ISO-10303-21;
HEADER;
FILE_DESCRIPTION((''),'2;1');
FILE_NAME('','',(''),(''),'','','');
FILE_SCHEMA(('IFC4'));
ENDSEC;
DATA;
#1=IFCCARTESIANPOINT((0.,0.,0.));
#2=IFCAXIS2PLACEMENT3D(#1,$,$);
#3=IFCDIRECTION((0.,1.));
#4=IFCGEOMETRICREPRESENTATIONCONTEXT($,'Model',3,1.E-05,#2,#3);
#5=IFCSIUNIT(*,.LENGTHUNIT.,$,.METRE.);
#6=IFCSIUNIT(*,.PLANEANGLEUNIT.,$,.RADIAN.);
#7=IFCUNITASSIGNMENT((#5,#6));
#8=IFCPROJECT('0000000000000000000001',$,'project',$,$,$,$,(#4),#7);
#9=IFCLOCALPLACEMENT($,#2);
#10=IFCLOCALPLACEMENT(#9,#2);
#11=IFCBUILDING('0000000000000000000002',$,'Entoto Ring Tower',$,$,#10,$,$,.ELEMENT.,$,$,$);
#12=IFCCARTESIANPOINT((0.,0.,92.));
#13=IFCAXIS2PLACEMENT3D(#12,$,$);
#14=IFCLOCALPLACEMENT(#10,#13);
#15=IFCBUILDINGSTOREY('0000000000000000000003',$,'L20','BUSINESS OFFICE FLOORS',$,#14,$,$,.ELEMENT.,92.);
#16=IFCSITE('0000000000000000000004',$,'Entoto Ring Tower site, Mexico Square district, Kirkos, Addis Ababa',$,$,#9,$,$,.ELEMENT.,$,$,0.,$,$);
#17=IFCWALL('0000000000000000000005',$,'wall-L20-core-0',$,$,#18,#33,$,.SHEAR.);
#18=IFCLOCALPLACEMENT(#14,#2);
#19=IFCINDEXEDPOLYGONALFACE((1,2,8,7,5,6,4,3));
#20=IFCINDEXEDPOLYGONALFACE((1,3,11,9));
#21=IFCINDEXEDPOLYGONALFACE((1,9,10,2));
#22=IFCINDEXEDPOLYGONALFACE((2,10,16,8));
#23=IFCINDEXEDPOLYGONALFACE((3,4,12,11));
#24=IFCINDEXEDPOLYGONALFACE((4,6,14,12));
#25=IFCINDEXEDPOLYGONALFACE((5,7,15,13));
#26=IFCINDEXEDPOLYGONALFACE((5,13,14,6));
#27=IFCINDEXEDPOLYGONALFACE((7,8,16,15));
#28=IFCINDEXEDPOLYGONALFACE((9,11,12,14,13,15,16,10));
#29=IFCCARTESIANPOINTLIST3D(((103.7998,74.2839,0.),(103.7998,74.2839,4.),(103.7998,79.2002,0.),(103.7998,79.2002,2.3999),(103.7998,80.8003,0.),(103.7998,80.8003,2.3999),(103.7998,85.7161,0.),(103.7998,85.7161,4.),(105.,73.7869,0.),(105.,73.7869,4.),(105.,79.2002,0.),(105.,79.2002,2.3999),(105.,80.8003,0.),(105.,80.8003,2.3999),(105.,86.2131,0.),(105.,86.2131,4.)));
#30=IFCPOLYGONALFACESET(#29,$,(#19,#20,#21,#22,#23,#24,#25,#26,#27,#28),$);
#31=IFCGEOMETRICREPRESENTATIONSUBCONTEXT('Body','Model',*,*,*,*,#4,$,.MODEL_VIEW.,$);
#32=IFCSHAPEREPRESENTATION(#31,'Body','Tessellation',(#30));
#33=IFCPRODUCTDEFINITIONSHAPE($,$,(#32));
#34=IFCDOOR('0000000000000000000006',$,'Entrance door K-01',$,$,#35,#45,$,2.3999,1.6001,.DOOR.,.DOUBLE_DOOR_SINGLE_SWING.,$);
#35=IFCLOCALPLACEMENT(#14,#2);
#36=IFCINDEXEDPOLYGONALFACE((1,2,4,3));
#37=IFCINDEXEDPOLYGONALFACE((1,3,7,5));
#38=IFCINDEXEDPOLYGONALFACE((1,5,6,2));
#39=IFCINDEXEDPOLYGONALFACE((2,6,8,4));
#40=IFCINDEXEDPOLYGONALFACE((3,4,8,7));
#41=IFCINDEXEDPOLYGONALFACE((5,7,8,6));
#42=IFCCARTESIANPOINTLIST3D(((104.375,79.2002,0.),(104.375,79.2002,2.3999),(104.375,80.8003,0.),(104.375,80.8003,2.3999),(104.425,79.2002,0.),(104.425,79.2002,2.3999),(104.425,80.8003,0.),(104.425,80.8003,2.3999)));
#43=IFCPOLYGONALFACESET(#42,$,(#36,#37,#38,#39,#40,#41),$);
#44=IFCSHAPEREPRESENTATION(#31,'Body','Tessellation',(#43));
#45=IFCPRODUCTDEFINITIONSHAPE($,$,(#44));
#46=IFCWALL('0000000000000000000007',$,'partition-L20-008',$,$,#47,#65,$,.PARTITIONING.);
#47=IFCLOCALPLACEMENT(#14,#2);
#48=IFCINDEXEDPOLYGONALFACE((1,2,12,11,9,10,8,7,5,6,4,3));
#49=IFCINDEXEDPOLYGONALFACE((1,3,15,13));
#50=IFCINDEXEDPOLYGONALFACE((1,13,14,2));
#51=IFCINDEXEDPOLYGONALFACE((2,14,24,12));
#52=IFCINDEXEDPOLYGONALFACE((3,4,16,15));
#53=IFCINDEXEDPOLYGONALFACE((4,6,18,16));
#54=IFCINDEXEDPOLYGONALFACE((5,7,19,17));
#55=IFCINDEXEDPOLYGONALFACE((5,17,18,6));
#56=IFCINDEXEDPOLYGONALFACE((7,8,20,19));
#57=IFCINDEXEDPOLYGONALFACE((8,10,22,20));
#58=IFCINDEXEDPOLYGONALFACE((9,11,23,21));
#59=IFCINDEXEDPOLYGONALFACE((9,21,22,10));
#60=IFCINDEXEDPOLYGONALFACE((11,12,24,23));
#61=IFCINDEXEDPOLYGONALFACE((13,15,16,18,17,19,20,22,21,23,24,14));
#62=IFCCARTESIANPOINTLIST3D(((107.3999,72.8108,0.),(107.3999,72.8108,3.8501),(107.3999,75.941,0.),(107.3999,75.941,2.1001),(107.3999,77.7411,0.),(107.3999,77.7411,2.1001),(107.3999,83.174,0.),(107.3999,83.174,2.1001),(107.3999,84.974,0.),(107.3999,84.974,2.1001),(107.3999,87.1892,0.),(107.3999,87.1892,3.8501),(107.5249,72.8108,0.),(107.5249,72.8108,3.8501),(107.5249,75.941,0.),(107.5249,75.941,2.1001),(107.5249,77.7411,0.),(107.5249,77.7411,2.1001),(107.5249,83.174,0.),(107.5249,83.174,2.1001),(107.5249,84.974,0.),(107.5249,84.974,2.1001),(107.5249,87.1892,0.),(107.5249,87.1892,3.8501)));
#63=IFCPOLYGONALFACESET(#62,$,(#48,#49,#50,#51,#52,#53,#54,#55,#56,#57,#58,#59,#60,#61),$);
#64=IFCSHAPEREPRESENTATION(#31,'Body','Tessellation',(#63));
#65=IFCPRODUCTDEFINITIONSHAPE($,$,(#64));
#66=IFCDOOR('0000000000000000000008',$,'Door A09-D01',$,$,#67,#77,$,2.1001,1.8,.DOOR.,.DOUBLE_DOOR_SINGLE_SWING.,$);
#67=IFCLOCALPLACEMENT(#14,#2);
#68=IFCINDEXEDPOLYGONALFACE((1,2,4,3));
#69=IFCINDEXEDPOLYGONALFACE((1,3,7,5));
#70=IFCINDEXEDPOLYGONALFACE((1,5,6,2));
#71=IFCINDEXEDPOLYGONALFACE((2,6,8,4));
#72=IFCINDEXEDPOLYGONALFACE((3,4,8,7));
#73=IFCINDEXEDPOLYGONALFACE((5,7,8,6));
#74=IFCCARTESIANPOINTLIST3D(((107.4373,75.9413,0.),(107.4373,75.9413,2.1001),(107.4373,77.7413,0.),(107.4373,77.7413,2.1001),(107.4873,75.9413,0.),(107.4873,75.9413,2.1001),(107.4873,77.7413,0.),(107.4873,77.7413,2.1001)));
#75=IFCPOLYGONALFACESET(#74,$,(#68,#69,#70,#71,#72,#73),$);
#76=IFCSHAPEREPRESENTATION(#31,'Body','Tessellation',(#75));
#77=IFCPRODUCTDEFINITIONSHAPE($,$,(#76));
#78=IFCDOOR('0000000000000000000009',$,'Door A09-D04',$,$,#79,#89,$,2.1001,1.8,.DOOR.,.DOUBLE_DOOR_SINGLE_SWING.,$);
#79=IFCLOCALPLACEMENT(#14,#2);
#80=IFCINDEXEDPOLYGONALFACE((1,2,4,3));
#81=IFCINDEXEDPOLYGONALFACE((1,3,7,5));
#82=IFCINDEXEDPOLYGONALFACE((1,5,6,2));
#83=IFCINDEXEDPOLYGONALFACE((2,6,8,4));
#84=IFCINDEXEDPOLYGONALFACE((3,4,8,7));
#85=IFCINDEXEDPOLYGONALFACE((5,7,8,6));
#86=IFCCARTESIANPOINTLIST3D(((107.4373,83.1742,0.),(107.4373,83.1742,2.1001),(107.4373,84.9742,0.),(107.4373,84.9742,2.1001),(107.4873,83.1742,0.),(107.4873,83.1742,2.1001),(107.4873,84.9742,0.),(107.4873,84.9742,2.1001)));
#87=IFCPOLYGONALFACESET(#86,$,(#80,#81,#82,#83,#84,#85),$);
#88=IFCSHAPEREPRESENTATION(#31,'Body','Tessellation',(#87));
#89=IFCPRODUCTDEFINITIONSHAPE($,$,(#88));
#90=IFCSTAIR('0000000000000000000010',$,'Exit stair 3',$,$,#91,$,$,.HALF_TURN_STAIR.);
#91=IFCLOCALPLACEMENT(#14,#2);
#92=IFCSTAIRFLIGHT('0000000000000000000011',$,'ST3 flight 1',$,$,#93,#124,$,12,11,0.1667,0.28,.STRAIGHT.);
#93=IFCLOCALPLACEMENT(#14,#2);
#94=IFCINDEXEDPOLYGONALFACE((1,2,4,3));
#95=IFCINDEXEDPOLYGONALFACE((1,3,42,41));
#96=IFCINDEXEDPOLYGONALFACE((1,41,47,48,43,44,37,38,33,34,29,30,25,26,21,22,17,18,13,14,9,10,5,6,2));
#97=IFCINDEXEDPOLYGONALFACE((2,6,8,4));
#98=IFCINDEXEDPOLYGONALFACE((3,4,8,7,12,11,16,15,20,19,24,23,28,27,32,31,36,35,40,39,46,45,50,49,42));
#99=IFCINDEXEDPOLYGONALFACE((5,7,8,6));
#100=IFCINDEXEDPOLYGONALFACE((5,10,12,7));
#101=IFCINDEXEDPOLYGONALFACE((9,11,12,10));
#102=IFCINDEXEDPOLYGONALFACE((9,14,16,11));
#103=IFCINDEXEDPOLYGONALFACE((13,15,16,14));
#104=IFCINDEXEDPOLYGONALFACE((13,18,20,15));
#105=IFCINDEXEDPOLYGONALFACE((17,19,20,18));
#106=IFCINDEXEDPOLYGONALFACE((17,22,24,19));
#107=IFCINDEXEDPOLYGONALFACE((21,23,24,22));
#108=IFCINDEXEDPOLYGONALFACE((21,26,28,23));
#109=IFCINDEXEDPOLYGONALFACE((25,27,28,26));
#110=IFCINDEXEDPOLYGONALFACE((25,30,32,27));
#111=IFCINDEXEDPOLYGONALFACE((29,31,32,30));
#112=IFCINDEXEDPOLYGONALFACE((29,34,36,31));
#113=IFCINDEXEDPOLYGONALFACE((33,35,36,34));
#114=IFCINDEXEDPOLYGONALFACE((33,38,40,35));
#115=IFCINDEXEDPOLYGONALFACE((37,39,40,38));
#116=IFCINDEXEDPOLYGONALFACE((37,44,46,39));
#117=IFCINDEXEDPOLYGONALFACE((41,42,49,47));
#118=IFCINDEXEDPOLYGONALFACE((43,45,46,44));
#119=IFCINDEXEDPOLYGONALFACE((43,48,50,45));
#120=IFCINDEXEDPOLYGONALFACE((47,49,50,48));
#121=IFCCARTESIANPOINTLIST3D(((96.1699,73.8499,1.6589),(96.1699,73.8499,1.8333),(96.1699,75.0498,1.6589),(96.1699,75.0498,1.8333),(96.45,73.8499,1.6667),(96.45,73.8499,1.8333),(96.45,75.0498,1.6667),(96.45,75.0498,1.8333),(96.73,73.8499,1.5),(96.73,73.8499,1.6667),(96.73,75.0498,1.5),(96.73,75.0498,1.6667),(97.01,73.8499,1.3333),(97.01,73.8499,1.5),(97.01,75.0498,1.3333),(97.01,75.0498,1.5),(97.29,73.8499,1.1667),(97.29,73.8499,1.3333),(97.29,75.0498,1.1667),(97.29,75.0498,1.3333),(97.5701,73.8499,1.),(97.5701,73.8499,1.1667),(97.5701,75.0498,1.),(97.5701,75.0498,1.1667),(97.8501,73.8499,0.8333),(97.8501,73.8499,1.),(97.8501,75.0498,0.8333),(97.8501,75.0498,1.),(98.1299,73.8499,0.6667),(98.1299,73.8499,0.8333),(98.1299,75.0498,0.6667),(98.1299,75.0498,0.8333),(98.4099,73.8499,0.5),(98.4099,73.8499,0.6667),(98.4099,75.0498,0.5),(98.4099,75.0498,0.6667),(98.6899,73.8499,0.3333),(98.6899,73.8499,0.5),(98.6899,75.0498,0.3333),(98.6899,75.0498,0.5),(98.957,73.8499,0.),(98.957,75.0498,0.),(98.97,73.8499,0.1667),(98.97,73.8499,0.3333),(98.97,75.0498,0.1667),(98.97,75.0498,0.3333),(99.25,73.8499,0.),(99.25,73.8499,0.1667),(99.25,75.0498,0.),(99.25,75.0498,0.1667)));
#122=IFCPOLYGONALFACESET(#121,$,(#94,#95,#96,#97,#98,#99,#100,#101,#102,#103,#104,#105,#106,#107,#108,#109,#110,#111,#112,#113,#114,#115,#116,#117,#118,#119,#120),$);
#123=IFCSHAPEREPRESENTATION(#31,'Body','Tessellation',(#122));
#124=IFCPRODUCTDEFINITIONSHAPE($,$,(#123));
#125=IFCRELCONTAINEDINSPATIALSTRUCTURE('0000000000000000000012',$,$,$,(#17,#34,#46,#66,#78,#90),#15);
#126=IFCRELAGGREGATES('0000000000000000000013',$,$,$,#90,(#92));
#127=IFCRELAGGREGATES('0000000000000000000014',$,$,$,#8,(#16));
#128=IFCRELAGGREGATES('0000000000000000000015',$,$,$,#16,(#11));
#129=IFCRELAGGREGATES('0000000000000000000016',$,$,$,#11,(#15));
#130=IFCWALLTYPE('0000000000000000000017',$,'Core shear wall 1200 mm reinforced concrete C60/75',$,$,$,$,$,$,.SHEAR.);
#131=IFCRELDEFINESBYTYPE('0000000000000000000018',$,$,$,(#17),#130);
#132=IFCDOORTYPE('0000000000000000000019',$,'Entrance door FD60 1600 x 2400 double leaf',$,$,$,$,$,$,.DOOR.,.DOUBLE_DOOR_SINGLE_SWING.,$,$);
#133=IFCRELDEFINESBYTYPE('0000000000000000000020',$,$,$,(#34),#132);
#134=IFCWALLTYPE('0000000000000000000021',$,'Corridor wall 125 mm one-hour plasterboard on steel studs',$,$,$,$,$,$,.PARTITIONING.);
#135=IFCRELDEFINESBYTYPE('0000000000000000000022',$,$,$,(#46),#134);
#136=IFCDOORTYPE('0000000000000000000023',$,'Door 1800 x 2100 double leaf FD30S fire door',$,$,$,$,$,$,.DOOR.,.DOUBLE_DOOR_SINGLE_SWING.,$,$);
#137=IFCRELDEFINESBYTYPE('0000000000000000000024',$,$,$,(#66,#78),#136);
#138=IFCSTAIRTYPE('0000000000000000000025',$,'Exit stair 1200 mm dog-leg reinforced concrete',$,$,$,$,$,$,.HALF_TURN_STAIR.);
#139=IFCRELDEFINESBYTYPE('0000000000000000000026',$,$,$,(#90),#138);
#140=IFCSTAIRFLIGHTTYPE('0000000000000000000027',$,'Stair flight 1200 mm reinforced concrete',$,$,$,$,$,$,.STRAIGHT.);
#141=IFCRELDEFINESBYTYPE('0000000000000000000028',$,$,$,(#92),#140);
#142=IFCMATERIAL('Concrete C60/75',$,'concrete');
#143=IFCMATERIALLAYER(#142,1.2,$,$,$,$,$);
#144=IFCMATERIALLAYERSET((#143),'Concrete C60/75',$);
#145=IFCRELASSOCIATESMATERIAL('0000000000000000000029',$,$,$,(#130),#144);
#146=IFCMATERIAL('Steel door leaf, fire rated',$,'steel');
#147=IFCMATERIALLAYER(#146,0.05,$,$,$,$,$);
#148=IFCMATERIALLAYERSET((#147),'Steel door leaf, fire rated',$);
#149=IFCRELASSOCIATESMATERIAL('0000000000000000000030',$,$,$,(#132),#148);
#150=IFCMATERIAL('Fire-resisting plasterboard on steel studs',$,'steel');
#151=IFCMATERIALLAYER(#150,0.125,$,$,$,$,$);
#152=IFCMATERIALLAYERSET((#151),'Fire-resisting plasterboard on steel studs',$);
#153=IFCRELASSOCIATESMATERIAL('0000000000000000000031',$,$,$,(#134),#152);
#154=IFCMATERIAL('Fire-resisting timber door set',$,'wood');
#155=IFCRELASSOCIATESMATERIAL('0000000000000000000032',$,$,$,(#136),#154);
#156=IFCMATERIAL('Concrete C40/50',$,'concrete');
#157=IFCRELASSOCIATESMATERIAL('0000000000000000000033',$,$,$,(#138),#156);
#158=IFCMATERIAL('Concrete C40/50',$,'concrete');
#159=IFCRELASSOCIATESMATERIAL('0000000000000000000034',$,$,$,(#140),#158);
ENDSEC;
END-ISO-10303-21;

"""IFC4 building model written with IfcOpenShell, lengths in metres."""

from ifc_helpers import new_model, si_unit, direction, frame, frame_2d, origin, place, context, subcontext, project, spatial, polyline, rectangle, outline, extrude, material, layer, layer_set, type_object, element, fill, aggregate, save


model = new_model("IFC4")

# Units and contexts
model_context = context("Model", 3, precision=1e-05, world=origin(), true_north=direction((0.0, 1.0)))
body_context = subcontext(model_context, "Body", "Model", "MODEL_VIEW")
ifc_project = project(units=[si_unit("LENGTHUNIT", "METRE"), si_unit("PLANEANGLEUNIT", "RADIAN")], contexts=[model_context])

# Site, building, storey
site_placement = place(None, origin())
site = spatial("IfcSite", under=ifc_project, at=site_placement, Name="Entoto Ring Tower site, Mexico Square district, Kirkos, Addis Ababa", CompositionType="ELEMENT", RefElevation=0.0)
building_placement = place(site_placement, origin())
building = spatial("IfcBuilding", under=site, at=building_placement, Name="Entoto Ring Tower", CompositionType="ELEMENT")
storey_placement = place(building_placement, frame((0.0, 0.0, 92.0)))
storey = spatial("IfcBuildingStorey", under=building, at=storey_placement, Name="L20", Description="BUSINESS OFFICE FLOORS", CompositionType="ELEMENT", Elevation=92.0)

# Wall, opening, door
ifc_material_1 = material(Name="Concrete C60/75", Category="concrete")
ifc_layer_1 = layer(ifc_material_1, 1.2)
ifc_layer_set_1 = layer_set([ifc_layer_1], Name="Concrete C60/75")
wall_type_1 = type_object("IfcWallType", Name="Core shear wall 1200 mm reinforced concrete C60/75", PredefinedType="SHEAR", material=ifc_layer_set_1)
wall_1_placement = place(storey_placement, frame((104.3999, 74.0354, 0.0), z_axis=(0.0, 0.0, 1.0), x_axis=(0.0, 1.0, 0.0)))
wall_1 = element("IfcWall", 1, at=wall_1_placement, inside=storey, type_object=wall_type_1, Name="wall-L20-core-0", PredefinedType="SHEAR", context=body_context, shape_type="SweptSolid", body=[
    extrude(outline(polyline([(-0.2485, -0.6001), (12.1777, -0.6001), (11.6807, 0.6001), (0.2485, 0.6001), (-0.2485, -0.6001)])), origin(), (0.0, 0.0, 1.0), 4.0),
])
opening_1_placement = place(wall_1_placement, frame((5.1648, 0.0, 0.0)))
opening_1 = element("IfcOpeningElement", 2, at=opening_1_placement, cuts=wall_1, PredefinedType="OPENING", context=body_context, shape_type="SweptSolid", body=[
    extrude(rectangle(XDim=1.6001, YDim=2.3999, at=frame_2d((0.8, 1.2))), frame((0.0, 0.6099, 0.0), z_axis=(0.0, -1.0, 0.0), x_axis=(1.0, 0.0, 0.0)), (0.0, 0.0, 1.0), 1.22),
])
ifc_material_2 = material(Name="Steel door leaf, fire rated", Category="steel")
ifc_layer_2 = layer(ifc_material_2, 0.05)
ifc_layer_set_2 = layer_set([ifc_layer_2], Name="Steel door leaf, fire rated")
door_type_1 = type_object("IfcDoorType", Name="Entrance door FD60 1600 x 2400 double leaf", OperationType="DOUBLE_DOOR_SINGLE_SWING", PredefinedType="DOOR", material=ifc_layer_set_2)
door_1_placement = place(opening_1_placement, origin())
door_1 = element("IfcDoor", 3, at=door_1_placement, inside=storey, type_object=door_type_1, Name="Entrance door K-01", OperationType="DOUBLE_DOOR_SINGLE_SWING", OverallHeight=2.3999, OverallWidth=1.6001, PredefinedType="DOOR", context=body_context, shape_type="SweptSolid", body=[
    extrude(rectangle(XDim=1.6001, YDim=2.3999, at=frame_2d((0.8, 1.2))), frame((0.0, 0.0249, 0.0), z_axis=(0.0, -1.0, 0.0), x_axis=(1.0, 0.0, 0.0)), (0.0, 0.0, 1.0), 0.05),
])
fill(opening_1, door_1)

# Wall, openings, doors
ifc_material_3 = material(Name="Fire-resisting plasterboard on steel studs", Category="steel")
ifc_layer_3 = layer(ifc_material_3, 0.125)
ifc_layer_set_3 = layer_set([ifc_layer_3], Name="Fire-resisting plasterboard on steel studs")
wall_type_2 = type_object("IfcWallType", Name="Corridor wall 125 mm one-hour plasterboard on steel studs", PredefinedType="PARTITIONING", material=ifc_layer_set_3)
wall_2_placement = place(storey_placement, frame((107.4624, 72.8108, 0.0), z_axis=(0.0, 0.0, 1.0), x_axis=(0.0, 1.0, 0.0)))
wall_2 = element("IfcWall", 4, at=wall_2_placement, inside=storey, type_object=wall_type_2, Name="partition-L20-008", PredefinedType="PARTITIONING", context=body_context, shape_type="SweptSolid", body=[
    extrude(rectangle(XDim=14.3784, YDim=0.125, at=frame_2d((7.1892, 0.0))), origin(), (0.0, 0.0, 1.0), 3.8501),
])
opening_2_placement = place(wall_2_placement, frame((3.1304, 0.0, 0.0)))
opening_2 = element("IfcOpeningElement", 5, at=opening_2_placement, cuts=wall_2, PredefinedType="OPENING", context=body_context, shape_type="SweptSolid", body=[
    extrude(rectangle(XDim=1.8, YDim=2.1001, at=frame_2d((0.8999, 1.05))), frame((0.0, 0.0725, 0.0), z_axis=(0.0, -1.0, 0.0), x_axis=(1.0, 0.0, 0.0)), (0.0, 0.0, 1.0), 0.145),
])
opening_3_placement = place(wall_2_placement, frame((10.3633, 0.0, 0.0)))
opening_3 = element("IfcOpeningElement", 6, at=opening_3_placement, cuts=wall_2, PredefinedType="OPENING", context=body_context, shape_type="SweptSolid", body=[
    extrude(rectangle(XDim=1.8, YDim=2.1001, at=frame_2d((0.8999, 1.05))), frame((0.0, 0.0725, 0.0), z_axis=(0.0, -1.0, 0.0), x_axis=(1.0, 0.0, 0.0)), (0.0, 0.0, 1.0), 0.145),
])
ifc_material_4 = material(Name="Fire-resisting timber door set", Category="wood")
door_type_2 = type_object("IfcDoorType", Name="Door 1800 x 2100 double leaf FD30S fire door", OperationType="DOUBLE_DOOR_SINGLE_SWING", PredefinedType="DOOR", material=ifc_material_4)
door_2_placement = place(opening_2_placement, frame((1.8, 0.0, 0.0), z_axis=(0.0, 0.0, 1.0), x_axis=(-1.0, 0.0, 0.0)))
door_2 = element("IfcDoor", 7, at=door_2_placement, inside=storey, type_object=door_type_2, Name="Door A09-D01", OperationType="DOUBLE_DOOR_SINGLE_SWING", OverallHeight=2.1001, OverallWidth=1.8, PredefinedType="DOOR", context=body_context, shape_type="SweptSolid", body=[
    extrude(rectangle(XDim=1.8, YDim=2.1001, at=frame_2d((0.8999, 1.05))), frame((0.0, 0.0249, 0.0), z_axis=(0.0, -1.0, 0.0), x_axis=(1.0, 0.0, 0.0)), (0.0, 0.0, 1.0), 0.05),
])
fill(opening_2, door_2)
door_3_placement = place(opening_3_placement, frame((1.8, 0.0, 0.0), z_axis=(0.0, 0.0, 1.0), x_axis=(-1.0, 0.0, 0.0)))
door_3 = element("IfcDoor", 8, at=door_3_placement, inside=storey, type_object=door_type_2, Name="Door A09-D04", OperationType="DOUBLE_DOOR_SINGLE_SWING", OverallHeight=2.1001, OverallWidth=1.8, PredefinedType="DOOR", context=body_context, shape_type="SweptSolid", body=[
    extrude(rectangle(XDim=1.8, YDim=2.1001, at=frame_2d((0.8999, 1.05))), frame((0.0, 0.0249, 0.0), z_axis=(0.0, -1.0, 0.0), x_axis=(1.0, 0.0, 0.0)), (0.0, 0.0, 1.0), 0.05),
])
fill(opening_3, door_3)

# Stair, stair flight
ifc_material_5 = material(Name="Concrete C40/50", Category="concrete")
stair_type = type_object("IfcStairType", Name="Exit stair 1200 mm dog-leg reinforced concrete", PredefinedType="HALF_TURN_STAIR", material=ifc_material_5)
stair_placement = place(storey_placement, origin())
stair = element("IfcStair", 9, at=stair_placement, inside=storey, type_object=stair_type, Name="Exit stair 3", PredefinedType="HALF_TURN_STAIR")
ifc_material_6 = material(Name="Concrete C40/50", Category="concrete")
stair_flight_type = type_object("IfcStairFlightType", Name="Stair flight 1200 mm reinforced concrete", PredefinedType="STRAIGHT", material=ifc_material_6)
stair_flight_placement = place(storey_placement, frame((99.25, 74.45, 0.0), z_axis=(0.0, 0.0, 1.0), x_axis=(-1.0, 0.0, 0.0)))
stair_flight = element("IfcStairFlight", 10, at=stair_flight_placement, type_object=stair_flight_type, Name="ST3 flight 1", NumberOfRisers=12, NumberOfTreads=11, PredefinedType="STRAIGHT", RiserHeight=0.1667, TreadLength=0.28, context=body_context, shape_type="SweptSolid", body=[
    extrude(outline(polyline([(0.0, 0.0), (0.0, 0.1667), (0.28, 0.1667), (0.28, 0.3333), (0.5601, 0.3333), (0.5601, 0.5), (0.8401, 0.5), (0.8401, 0.6667), (1.1201, 0.6667), (1.1201, 0.8333), (1.3999, 0.8333), (1.3999, 1.0), (1.6799, 1.0), (1.6799, 1.1667), (1.96, 1.1667), (1.96, 1.3333), (2.24, 1.3333), (2.24, 1.5), (2.52, 1.5), (2.52, 1.6667), (2.8, 1.6667), (2.8, 1.8333), (3.0801, 1.8333), (3.0801, 2.0), (3.0801, 1.6589), (0.293, 0.0), (0.0, 0.0)])), frame((0.0, 0.6001, 0.0), z_axis=(0.0, -1.0, 0.0), x_axis=(1.0, 0.0, 0.0)), (0.0, 0.0, 1.0), 1.2),
])
aggregate(stair, [stair_flight])

save(model, "model.ifc")
